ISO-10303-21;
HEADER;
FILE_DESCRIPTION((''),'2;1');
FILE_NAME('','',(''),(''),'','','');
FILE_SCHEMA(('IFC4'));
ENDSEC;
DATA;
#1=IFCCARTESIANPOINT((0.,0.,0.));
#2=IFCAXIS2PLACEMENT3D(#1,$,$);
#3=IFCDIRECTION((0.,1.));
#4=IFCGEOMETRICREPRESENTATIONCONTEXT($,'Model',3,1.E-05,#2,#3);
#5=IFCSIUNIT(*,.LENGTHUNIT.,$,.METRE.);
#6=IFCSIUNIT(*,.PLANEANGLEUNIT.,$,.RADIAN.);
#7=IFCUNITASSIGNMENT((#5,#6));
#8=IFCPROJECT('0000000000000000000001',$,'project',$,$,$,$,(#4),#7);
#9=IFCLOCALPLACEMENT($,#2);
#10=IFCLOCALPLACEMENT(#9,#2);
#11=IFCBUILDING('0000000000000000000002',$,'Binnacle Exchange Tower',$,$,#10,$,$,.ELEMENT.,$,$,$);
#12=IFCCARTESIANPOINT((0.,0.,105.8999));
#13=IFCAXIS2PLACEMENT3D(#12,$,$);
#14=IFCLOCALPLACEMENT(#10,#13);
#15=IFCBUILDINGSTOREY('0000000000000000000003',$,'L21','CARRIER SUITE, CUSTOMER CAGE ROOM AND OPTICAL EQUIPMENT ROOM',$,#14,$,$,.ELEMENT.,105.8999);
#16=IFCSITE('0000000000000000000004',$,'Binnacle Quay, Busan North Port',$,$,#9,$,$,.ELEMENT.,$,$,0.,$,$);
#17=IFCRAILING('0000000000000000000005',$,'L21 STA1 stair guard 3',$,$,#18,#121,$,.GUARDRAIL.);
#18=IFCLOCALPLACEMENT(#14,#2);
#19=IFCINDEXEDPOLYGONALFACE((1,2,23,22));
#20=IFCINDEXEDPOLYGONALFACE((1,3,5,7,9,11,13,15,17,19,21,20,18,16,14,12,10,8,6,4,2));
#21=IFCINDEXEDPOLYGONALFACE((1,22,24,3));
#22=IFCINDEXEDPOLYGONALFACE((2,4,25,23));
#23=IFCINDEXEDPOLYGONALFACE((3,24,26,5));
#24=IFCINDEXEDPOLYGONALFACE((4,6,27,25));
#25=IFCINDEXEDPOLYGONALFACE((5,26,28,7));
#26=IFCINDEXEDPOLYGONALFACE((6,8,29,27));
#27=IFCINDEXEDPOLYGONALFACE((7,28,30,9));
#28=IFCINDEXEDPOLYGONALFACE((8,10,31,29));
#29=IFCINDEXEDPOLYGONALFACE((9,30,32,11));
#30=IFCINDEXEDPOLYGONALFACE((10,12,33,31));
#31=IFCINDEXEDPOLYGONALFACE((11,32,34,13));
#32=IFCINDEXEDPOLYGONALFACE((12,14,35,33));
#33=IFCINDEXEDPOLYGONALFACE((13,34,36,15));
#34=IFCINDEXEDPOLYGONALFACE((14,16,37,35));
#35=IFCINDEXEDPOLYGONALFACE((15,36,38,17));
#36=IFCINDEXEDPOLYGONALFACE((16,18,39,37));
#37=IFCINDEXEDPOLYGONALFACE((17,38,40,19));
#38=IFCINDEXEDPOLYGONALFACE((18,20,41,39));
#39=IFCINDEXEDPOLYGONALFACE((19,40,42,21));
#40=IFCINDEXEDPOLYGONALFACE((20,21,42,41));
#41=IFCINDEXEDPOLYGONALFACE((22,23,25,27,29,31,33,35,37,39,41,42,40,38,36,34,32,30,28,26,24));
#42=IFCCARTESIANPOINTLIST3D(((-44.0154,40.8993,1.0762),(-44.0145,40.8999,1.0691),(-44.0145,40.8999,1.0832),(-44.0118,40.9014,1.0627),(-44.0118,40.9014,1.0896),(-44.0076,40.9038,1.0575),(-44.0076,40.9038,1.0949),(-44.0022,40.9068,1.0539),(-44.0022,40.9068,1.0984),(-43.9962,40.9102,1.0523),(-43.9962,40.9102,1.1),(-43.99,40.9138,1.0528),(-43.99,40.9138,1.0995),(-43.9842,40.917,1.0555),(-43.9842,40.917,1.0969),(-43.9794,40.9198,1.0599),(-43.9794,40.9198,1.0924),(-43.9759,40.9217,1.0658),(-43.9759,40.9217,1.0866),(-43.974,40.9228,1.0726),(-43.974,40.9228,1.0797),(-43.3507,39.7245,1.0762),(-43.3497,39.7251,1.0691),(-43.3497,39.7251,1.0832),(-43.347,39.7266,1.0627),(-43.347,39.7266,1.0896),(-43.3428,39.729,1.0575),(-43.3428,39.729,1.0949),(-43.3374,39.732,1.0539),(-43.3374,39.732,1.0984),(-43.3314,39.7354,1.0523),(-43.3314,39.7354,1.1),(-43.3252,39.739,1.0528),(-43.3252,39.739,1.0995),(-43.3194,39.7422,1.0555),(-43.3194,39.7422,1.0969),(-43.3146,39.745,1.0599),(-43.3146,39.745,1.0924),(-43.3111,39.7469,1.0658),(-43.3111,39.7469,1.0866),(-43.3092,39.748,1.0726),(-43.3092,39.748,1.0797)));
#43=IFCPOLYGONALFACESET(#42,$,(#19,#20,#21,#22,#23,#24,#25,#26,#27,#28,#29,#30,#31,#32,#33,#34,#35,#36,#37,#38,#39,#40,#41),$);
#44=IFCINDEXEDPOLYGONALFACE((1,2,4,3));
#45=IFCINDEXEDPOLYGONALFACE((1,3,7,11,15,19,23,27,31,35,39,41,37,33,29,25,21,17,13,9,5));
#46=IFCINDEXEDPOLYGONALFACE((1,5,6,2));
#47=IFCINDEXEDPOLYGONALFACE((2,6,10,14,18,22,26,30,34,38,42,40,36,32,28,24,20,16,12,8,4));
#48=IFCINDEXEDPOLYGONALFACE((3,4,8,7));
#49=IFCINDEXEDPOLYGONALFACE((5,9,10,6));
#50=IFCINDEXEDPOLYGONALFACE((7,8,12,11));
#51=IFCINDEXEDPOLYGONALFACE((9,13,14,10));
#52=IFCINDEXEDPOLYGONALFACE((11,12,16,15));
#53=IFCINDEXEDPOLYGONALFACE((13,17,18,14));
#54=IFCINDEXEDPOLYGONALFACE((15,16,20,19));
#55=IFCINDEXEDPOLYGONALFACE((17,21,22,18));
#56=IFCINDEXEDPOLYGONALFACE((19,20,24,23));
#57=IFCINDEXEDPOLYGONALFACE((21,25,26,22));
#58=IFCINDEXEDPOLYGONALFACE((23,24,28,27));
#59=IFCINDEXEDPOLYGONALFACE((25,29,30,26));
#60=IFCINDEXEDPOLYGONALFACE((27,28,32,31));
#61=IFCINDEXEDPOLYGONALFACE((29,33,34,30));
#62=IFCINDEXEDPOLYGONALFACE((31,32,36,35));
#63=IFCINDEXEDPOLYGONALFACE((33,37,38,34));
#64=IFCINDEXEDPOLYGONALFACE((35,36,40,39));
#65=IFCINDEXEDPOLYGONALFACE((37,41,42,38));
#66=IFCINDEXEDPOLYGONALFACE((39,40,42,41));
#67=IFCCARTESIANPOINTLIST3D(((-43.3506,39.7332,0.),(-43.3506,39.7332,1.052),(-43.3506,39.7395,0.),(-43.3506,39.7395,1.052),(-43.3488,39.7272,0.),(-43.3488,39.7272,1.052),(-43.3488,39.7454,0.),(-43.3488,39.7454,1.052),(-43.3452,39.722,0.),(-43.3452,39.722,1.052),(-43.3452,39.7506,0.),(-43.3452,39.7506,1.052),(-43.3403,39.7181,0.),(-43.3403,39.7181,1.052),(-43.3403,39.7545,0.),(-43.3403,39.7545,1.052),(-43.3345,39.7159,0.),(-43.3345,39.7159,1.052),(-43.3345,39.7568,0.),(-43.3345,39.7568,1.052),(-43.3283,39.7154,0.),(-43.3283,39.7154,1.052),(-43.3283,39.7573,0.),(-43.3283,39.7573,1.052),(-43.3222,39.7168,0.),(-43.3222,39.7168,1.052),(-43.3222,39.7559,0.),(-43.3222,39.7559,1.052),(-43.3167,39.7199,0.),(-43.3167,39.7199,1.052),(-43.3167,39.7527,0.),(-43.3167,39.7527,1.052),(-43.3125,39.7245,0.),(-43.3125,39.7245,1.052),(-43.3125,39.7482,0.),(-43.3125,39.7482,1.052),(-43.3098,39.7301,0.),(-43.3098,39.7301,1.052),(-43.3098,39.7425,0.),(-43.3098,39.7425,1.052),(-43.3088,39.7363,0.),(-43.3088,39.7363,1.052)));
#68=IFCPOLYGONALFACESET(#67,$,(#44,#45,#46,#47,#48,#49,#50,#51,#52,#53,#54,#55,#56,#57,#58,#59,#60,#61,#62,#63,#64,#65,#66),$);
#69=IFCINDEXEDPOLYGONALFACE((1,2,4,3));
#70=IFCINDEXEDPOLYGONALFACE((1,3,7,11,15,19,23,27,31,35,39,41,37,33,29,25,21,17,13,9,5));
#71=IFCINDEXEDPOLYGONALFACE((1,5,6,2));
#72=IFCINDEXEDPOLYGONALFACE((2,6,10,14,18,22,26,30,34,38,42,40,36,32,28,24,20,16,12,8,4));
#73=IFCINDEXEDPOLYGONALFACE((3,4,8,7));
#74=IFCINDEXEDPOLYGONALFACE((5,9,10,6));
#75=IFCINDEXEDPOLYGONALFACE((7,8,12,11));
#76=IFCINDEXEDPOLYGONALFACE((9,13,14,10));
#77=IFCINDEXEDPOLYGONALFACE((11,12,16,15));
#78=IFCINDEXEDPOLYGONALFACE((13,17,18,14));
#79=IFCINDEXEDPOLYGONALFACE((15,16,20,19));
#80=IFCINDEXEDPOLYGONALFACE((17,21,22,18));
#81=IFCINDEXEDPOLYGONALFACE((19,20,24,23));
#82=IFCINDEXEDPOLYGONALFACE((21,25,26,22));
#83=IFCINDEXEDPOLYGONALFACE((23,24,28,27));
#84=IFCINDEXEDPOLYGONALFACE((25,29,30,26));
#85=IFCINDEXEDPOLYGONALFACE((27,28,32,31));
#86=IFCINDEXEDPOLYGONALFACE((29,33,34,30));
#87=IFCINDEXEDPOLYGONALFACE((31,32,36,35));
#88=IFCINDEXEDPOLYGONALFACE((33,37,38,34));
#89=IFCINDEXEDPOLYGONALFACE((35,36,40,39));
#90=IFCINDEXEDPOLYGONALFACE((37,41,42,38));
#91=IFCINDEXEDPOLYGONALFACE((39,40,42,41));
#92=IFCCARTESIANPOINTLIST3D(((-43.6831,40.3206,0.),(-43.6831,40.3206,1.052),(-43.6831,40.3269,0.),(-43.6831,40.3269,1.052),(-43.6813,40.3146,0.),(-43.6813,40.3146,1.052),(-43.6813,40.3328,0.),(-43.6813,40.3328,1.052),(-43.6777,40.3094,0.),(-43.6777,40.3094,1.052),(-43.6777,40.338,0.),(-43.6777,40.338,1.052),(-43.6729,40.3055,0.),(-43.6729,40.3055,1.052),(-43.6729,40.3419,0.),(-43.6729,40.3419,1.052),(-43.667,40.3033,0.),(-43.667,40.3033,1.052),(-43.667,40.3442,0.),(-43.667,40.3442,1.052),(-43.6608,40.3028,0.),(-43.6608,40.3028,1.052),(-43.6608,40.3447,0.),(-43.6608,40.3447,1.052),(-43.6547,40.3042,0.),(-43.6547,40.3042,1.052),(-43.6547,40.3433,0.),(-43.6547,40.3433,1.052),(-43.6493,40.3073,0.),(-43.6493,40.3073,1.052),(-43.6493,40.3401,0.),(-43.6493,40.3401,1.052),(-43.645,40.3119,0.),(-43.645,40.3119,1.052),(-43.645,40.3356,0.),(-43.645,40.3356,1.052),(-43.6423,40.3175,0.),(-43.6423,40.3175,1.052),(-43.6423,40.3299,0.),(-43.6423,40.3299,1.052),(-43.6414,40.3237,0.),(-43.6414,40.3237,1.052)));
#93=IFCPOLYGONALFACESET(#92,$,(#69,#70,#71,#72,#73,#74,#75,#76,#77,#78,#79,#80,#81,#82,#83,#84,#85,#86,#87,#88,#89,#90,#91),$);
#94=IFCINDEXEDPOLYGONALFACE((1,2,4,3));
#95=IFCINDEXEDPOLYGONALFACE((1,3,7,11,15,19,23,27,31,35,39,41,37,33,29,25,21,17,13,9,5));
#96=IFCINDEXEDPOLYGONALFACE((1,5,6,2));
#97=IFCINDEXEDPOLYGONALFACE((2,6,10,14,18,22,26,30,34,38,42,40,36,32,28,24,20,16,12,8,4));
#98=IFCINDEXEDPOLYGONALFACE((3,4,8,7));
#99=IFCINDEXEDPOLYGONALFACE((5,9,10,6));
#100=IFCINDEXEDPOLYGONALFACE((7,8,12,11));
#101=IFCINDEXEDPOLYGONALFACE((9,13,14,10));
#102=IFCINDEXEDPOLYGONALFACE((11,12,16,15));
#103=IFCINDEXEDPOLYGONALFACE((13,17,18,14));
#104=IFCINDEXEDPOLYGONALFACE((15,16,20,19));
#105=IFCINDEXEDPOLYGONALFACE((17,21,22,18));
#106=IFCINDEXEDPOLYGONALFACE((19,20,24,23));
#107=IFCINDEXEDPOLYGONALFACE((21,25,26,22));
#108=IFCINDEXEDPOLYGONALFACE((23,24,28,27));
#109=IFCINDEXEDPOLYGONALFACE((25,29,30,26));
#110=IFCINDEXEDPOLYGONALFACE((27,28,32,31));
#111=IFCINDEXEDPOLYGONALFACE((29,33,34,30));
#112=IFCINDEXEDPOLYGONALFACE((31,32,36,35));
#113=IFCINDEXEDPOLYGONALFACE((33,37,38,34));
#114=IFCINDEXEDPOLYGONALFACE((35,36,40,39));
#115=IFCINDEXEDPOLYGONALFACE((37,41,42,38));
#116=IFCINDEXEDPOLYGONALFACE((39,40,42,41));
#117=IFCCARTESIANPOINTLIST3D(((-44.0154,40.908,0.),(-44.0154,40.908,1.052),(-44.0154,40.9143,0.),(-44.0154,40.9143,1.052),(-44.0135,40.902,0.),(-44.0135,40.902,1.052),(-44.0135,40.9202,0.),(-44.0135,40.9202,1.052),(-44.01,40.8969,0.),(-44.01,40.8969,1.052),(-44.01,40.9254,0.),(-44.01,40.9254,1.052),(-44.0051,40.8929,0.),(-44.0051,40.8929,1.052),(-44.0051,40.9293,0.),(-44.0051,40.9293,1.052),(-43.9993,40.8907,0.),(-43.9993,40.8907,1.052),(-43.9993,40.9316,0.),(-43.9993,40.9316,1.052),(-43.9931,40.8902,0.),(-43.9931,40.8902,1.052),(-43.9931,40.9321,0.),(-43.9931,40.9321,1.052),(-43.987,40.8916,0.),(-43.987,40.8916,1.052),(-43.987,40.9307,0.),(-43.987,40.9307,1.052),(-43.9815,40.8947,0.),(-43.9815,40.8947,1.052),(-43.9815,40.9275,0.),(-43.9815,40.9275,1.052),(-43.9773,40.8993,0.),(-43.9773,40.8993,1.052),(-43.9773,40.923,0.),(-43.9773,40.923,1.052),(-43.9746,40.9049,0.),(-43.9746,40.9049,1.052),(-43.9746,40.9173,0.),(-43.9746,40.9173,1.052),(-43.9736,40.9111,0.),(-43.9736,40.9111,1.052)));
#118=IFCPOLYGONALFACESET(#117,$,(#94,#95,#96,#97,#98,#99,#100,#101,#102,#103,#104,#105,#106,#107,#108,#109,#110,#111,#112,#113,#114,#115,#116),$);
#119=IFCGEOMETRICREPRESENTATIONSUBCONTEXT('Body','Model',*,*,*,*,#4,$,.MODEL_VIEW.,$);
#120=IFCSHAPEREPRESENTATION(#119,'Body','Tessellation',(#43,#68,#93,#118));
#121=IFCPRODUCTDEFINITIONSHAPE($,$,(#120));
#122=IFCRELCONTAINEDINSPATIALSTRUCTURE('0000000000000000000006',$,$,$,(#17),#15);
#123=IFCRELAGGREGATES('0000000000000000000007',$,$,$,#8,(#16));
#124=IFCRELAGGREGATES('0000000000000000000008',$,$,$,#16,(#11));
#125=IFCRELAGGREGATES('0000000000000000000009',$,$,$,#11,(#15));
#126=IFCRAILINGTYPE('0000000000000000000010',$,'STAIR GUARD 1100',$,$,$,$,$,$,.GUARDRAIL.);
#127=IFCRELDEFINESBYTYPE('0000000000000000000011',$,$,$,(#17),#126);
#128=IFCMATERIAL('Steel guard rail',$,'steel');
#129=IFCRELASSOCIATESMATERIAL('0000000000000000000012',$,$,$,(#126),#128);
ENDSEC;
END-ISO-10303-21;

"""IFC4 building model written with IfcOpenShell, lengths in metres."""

from ifc_helpers import new_model, si_unit, direction, frame, origin, origin_2d, place, context, subcontext, project, spatial, circle, extrude, material, type_object, element, save


model = new_model("IFC4")

# Units and contexts
model_context = context("Model", 3, precision=1e-05, world=origin(), true_north=direction((0.0, 1.0)))
body_context = subcontext(model_context, "Body", "Model", "MODEL_VIEW")
ifc_project = project(units=[si_unit("LENGTHUNIT", "METRE"), si_unit("PLANEANGLEUNIT", "RADIAN")], contexts=[model_context])

# Site, building, storey
site_placement = place(None, origin())
site = spatial("IfcSite", under=ifc_project, at=site_placement, Name="Binnacle Quay, Busan North Port", CompositionType="ELEMENT", RefElevation=0.0)
building_placement = place(site_placement, origin())
building = spatial("IfcBuilding", under=site, at=building_placement, Name="Binnacle Exchange Tower", CompositionType="ELEMENT")
storey_placement = place(building_placement, frame((0.0, 0.0, 105.8999)))
storey = spatial("IfcBuildingStorey", under=building, at=storey_placement, Name="L21", Description="CARRIER SUITE, CUSTOMER CAGE ROOM AND OPTICAL EQUIPMENT ROOM", CompositionType="ELEMENT", Elevation=105.8999)

# Railing
ifc_material_1 = material(Name="Steel guard rail", Category="steel")
railing_type = type_object("IfcRailingType", Name="STAIR GUARD 1100", PredefinedType="GUARDRAIL", material=ifc_material_1)
railing_1_placement = place(storey_placement, frame((-43.3298, 39.7363, 0.0)))
element("IfcRailing", 1, at=railing_1_placement, inside=storey, type_object=railing_type, Name="L21 STA1 stair guard 3", PredefinedType="GUARDRAIL", context=body_context, shape_type="SweptSolid", body=[
    extrude(circle(Radius=0.0239, at=origin_2d()), frame((0.0, 0.0, 1.0762), z_axis=(-0.492492, 0.870317, 0.0), x_axis=(-0.870317, -0.492492, 0.0)), (0.0, 0.0, 1.0), 1.3499),
    extrude(circle(Radius=0.021, at=origin_2d()), origin(), (0.0, 0.0, 1.0), 1.052),
    extrude(circle(Radius=0.021, at=origin_2d()), frame((-0.3325, 0.5874, 0.0)), (0.0, 0.0, 1.0), 1.052),
    extrude(circle(Radius=0.021, at=origin_2d()), frame((-0.6648, 1.1748, 0.0)), (0.0, 0.0, 1.0), 1.052),
])

save(model, "model.ifc")
